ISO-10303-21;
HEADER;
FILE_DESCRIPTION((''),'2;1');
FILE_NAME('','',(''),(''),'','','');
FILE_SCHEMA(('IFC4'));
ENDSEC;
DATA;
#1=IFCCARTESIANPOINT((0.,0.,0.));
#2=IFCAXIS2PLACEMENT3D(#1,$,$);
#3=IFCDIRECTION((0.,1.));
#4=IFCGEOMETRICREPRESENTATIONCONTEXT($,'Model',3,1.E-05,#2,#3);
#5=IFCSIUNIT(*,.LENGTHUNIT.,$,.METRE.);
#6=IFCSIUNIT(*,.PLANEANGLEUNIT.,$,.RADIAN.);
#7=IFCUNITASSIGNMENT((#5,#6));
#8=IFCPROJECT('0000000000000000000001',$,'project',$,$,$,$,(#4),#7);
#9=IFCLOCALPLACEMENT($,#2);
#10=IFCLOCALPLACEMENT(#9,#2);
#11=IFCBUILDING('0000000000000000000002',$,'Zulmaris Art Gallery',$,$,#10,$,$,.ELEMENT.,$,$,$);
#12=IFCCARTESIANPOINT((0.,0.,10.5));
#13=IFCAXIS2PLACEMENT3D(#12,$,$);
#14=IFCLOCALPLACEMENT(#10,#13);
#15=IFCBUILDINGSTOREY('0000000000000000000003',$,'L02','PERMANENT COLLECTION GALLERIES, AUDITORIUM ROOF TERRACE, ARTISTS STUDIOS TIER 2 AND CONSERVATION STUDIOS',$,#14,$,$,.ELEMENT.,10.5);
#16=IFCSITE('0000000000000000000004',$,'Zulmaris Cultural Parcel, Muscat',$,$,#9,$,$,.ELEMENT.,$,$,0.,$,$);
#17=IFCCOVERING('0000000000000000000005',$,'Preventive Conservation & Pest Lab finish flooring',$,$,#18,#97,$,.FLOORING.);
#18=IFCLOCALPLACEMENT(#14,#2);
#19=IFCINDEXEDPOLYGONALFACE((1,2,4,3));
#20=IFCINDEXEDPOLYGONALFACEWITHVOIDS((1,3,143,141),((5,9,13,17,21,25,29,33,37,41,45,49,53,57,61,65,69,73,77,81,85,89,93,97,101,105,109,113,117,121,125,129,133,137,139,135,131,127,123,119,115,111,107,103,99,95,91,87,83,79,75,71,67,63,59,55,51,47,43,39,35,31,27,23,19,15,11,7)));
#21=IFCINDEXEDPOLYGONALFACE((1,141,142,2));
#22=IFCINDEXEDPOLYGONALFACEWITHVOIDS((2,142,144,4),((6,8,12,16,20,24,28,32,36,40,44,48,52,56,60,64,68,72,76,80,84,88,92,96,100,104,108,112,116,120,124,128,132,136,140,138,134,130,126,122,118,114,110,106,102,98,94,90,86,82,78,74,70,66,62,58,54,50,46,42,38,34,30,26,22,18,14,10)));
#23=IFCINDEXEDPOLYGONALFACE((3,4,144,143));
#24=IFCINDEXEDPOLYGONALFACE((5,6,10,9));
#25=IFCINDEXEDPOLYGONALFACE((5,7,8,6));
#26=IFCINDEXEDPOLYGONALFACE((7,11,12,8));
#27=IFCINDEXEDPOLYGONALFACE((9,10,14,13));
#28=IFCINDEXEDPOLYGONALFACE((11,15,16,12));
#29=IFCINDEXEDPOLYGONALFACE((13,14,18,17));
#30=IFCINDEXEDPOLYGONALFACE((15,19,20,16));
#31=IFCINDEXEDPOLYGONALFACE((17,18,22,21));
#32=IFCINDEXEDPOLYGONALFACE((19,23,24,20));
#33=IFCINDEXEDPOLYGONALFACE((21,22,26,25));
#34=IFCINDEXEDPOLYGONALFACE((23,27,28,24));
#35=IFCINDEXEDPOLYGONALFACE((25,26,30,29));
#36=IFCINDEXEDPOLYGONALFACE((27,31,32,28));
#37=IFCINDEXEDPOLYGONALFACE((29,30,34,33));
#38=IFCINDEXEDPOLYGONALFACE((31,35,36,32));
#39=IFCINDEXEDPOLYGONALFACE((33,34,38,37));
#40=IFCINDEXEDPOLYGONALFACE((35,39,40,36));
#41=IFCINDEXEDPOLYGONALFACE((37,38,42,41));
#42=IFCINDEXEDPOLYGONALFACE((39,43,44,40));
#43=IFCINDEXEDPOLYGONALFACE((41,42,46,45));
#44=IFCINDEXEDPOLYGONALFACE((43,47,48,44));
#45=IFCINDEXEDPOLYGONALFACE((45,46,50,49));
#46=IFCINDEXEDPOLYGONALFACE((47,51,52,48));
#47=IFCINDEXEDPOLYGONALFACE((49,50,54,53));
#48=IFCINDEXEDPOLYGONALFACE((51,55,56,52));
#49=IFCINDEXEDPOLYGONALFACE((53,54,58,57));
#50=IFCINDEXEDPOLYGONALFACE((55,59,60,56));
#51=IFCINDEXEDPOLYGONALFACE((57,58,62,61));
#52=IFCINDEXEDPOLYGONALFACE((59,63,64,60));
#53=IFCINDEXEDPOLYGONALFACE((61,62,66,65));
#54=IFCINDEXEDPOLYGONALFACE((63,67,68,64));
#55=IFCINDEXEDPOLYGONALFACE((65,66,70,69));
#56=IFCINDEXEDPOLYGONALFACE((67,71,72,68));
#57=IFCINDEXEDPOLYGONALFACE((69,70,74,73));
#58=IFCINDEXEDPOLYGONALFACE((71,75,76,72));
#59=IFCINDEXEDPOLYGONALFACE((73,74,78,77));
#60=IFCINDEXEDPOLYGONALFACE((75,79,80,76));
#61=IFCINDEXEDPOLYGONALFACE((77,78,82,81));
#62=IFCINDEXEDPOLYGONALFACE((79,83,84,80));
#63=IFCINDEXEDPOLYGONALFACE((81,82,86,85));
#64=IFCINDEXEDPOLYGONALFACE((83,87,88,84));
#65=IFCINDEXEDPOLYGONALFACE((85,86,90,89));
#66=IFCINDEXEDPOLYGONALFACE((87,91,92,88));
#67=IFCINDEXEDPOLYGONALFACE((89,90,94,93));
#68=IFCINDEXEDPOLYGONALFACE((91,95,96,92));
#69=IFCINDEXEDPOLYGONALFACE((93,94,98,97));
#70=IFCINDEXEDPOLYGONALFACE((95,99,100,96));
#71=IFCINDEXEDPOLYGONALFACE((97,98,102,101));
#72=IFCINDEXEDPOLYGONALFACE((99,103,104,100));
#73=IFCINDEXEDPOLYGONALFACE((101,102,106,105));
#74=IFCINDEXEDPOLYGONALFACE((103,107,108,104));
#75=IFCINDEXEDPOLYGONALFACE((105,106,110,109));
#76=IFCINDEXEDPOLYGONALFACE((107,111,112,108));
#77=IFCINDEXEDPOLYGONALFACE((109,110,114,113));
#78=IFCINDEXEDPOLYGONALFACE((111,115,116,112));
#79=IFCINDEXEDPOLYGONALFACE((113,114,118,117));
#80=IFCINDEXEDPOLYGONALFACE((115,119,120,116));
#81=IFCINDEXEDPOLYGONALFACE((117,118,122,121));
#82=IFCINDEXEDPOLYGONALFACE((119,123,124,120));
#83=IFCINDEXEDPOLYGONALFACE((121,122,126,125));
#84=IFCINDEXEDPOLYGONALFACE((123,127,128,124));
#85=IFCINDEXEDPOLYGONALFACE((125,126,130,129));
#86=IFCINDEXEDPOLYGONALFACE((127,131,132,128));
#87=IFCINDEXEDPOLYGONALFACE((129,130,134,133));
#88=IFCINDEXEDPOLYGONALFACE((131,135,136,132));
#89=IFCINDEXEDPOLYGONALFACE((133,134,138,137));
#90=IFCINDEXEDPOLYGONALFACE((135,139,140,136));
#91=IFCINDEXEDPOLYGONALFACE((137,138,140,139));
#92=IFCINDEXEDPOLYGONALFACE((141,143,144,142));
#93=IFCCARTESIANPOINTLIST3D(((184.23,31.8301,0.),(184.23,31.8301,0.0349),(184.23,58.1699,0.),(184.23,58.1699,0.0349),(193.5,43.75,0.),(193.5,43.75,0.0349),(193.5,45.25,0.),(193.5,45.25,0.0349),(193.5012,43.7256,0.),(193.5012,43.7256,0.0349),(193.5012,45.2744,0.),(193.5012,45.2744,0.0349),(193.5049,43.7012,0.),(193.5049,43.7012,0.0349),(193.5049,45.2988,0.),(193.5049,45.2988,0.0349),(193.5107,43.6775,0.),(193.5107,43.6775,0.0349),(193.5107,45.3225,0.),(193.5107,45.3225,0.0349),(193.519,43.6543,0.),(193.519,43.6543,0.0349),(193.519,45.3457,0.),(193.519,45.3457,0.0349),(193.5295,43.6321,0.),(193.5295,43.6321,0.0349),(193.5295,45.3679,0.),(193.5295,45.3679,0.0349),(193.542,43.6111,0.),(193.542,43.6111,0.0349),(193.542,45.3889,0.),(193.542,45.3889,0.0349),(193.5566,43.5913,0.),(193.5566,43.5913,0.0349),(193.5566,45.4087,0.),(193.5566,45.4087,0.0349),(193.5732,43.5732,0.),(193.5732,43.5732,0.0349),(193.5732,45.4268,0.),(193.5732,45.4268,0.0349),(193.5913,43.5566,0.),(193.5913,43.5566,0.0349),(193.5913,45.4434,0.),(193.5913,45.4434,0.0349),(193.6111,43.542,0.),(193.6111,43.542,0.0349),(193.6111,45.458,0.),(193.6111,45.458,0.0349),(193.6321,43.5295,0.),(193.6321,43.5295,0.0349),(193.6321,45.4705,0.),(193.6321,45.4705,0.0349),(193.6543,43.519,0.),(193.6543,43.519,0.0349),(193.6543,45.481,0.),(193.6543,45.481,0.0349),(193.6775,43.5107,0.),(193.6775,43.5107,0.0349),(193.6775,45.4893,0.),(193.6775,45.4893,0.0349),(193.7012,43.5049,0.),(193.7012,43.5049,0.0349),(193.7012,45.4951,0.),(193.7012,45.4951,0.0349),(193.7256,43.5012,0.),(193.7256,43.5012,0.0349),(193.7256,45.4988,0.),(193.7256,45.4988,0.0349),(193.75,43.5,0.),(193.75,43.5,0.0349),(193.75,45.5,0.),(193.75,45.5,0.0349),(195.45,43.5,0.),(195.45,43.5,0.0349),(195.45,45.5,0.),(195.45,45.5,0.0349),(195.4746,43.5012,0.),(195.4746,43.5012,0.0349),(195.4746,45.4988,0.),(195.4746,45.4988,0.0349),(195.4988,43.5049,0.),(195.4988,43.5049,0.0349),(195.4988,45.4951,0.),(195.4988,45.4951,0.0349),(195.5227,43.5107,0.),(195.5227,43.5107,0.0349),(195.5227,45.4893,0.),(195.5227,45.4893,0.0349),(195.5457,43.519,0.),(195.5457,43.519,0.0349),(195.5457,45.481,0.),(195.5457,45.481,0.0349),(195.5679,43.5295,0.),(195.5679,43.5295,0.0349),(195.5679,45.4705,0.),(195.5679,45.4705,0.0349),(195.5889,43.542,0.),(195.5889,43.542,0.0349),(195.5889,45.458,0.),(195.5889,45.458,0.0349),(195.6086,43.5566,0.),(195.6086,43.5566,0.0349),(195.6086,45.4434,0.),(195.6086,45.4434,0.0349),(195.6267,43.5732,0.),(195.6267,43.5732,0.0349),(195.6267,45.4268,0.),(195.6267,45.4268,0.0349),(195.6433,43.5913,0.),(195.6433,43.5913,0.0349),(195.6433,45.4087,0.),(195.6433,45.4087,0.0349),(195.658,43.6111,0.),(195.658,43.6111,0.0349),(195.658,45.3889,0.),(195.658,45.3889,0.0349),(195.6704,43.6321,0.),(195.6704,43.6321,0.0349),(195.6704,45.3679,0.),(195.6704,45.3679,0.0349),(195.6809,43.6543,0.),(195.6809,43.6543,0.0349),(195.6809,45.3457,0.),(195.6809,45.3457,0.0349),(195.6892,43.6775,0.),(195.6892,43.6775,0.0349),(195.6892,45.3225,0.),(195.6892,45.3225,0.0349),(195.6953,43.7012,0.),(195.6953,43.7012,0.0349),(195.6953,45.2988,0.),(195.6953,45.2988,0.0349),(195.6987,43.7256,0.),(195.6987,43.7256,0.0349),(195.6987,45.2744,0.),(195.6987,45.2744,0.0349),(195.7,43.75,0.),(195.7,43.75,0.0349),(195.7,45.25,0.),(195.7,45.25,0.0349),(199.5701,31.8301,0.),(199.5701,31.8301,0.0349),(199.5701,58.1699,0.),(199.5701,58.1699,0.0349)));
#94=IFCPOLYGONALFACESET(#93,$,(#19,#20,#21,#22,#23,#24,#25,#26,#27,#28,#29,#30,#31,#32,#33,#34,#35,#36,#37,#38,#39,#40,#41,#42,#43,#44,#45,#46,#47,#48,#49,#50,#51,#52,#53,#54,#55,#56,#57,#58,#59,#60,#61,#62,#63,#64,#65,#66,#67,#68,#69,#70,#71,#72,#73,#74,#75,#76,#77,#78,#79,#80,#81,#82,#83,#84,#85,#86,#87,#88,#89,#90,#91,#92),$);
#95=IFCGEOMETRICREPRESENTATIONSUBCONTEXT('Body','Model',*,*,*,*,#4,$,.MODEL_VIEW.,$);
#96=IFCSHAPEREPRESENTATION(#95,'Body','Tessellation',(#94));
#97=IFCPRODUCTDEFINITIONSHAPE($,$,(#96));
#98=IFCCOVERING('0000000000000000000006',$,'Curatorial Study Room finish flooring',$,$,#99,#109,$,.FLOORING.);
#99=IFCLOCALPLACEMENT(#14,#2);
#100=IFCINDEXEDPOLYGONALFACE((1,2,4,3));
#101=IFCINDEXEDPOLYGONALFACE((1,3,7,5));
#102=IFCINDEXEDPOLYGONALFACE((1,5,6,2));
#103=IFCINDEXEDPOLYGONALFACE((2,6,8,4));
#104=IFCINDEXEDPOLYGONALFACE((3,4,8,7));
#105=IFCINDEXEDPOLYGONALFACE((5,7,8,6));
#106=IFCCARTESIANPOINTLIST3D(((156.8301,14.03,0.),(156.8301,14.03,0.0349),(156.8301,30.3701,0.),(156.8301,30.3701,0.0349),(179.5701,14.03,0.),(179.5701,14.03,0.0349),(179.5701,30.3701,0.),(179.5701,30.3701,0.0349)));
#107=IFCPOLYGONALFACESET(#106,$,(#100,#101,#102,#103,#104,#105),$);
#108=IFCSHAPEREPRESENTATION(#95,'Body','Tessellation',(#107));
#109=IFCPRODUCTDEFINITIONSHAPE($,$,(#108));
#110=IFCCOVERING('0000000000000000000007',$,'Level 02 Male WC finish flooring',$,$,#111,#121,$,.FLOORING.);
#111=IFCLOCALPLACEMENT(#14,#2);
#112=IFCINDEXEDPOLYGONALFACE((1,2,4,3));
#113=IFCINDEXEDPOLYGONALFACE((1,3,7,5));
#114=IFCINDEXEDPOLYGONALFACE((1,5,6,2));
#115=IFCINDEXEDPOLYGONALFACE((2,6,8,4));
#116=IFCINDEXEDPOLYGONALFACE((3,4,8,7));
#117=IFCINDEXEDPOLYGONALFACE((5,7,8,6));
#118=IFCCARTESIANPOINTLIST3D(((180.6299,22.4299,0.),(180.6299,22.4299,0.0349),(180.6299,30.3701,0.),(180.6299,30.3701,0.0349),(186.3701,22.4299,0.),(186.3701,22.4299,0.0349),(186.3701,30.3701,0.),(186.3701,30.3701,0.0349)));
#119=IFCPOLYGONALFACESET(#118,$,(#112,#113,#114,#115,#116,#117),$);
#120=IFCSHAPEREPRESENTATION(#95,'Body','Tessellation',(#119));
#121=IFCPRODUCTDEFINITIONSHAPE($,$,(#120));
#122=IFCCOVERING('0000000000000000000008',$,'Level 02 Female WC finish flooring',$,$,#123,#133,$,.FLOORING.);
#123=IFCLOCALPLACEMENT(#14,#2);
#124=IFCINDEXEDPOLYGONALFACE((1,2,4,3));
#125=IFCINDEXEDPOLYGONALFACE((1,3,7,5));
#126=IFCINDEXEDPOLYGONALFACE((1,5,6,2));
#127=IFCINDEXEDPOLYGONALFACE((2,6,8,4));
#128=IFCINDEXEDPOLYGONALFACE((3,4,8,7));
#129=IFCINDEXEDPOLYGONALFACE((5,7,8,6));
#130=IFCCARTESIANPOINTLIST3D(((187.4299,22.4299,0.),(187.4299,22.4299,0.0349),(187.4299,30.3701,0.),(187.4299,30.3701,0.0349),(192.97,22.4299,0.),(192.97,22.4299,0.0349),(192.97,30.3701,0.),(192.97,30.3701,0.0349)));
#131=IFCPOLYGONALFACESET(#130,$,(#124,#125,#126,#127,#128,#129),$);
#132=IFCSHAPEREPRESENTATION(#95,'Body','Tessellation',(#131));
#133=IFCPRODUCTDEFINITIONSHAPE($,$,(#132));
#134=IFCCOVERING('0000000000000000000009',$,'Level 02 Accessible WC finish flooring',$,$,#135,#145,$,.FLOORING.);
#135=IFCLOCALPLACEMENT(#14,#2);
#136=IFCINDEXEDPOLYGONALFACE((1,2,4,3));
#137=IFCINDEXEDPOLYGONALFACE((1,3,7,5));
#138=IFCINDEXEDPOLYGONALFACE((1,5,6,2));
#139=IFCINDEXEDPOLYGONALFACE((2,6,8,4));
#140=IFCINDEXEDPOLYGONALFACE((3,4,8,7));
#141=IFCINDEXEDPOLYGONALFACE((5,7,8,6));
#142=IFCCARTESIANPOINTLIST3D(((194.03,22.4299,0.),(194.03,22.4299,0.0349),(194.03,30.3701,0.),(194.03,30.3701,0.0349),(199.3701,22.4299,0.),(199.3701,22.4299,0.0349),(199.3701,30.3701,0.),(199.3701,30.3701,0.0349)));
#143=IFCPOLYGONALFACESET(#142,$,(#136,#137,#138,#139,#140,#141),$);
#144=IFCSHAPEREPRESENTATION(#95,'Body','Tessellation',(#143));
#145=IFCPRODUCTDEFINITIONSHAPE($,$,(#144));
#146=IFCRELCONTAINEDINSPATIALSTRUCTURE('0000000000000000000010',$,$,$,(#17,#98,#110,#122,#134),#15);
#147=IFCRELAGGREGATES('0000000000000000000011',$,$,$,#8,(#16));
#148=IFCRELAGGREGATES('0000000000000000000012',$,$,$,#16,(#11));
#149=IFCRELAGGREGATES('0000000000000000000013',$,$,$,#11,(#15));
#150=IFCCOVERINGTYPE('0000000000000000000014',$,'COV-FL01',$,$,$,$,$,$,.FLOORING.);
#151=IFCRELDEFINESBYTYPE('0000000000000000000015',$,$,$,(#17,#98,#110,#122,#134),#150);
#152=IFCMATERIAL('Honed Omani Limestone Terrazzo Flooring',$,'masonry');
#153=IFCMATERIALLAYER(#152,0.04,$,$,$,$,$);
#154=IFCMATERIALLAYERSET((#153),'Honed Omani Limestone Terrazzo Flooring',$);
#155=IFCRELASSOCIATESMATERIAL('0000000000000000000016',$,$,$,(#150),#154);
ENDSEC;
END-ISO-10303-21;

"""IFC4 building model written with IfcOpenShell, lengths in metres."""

from ifc_helpers import new_model, si_unit, direction, frame, origin, place, context, subcontext, project, spatial, polyline, outline, extrude, material, layer, layer_set, type_object, element, save


model = new_model("IFC4")

# Units and contexts
model_context = context("Model", 3, precision=1e-05, world=origin(), true_north=direction((0.0, 1.0)))
body_context = subcontext(model_context, "Body", "Model", "MODEL_VIEW")
ifc_project = project(units=[si_unit("LENGTHUNIT", "METRE"), si_unit("PLANEANGLEUNIT", "RADIAN")], contexts=[model_context])

# Site, building, storey
site_placement = place(None, origin())
site = spatial("IfcSite", under=ifc_project, at=site_placement, Name="Zulmaris Cultural Parcel, Muscat", CompositionType="ELEMENT", RefElevation=0.0)
building_placement = place(site_placement, origin())
building = spatial("IfcBuilding", under=site, at=building_placement, Name="Zulmaris Art Gallery", CompositionType="ELEMENT")
storey_placement = place(building_placement, frame((0.0, 0.0, 10.5)))
storey = spatial("IfcBuildingStorey", under=building, at=storey_placement, Name="L02", Description="PERMANENT COLLECTION GALLERIES, AUDITORIUM ROOF TERRACE, ARTISTS STUDIOS TIER 2 AND CONSERVATION STUDIOS", CompositionType="ELEMENT", Elevation=10.5)

# Coverings
ifc_material_1 = material(Name="Honed Omani Limestone Terrazzo Flooring", Category="masonry")
ifc_layer_1 = layer(ifc_material_1, 0.04)
ifc_layer_set_1 = layer_set([ifc_layer_1], Name="Honed Omani Limestone Terrazzo Flooring")
covering_type_1 = type_object("IfcCoveringType", Name="COV-FL01", PredefinedType="FLOORING", material=ifc_layer_set_1)
covering_1_placement = place(storey_placement, origin())
element("IfcCovering", 1, at=covering_1_placement, inside=storey, type_object=covering_type_1, Name="Preventive Conservation & Pest Lab finish flooring", PredefinedType="FLOORING", context=body_context, shape_type="SweptSolid", body=[
    extrude(outline(polyline([(199.5701, 31.8301), (184.23, 31.8301), (184.23, 58.1699), (199.5701, 58.1699), (199.5701, 31.8301)]), holes=[polyline([(193.7256, 45.4988), (193.7012, 45.4951), (193.6775, 45.4893), (193.6543, 45.481), (193.6321, 45.4705), (193.6111, 45.458), (193.5913, 45.4434), (193.5732, 45.4268), (193.5566, 45.4087), (193.542, 45.3889), (193.5295, 45.3679), (193.519, 45.3457), (193.5107, 45.3225), (193.5049, 45.2988), (193.5012, 45.2744), (193.5, 45.25), (193.5, 43.75), (193.5012, 43.7256), (193.5049, 43.7012), (193.5107, 43.6775), (193.519, 43.6543), (193.5295, 43.6321), (193.542, 43.6111), (193.5566, 43.5913), (193.5732, 43.5732), (193.5913, 43.5566), (193.6111, 43.542), (193.6321, 43.5295), (193.6543, 43.519), (193.6775, 43.5107), (193.7012, 43.5049), (193.7256, 43.5012), (193.75, 43.5), (195.45, 43.5), (195.4746, 43.5012), (195.4988, 43.5049), (195.5227, 43.5107), (195.5457, 43.519), (195.5679, 43.5295), (195.5889, 43.542), (195.6086, 43.5566), (195.6267, 43.5732), (195.6433, 43.5913), (195.658, 43.6111), (195.6704, 43.6321), (195.6809, 43.6543), (195.6892, 43.6775), (195.6953, 43.7012), (195.6987, 43.7256), (195.7, 43.75), (195.7, 45.25), (195.6987, 45.2744), (195.6953, 45.2988), (195.6892, 45.3225), (195.6809, 45.3457), (195.6704, 45.3679), (195.658, 45.3889), (195.6433, 45.4087), (195.6267, 45.4268), (195.6086, 45.4434), (195.5889, 45.458), (195.5679, 45.4705), (195.5457, 45.481), (195.5227, 45.4893), (195.4988, 45.4951), (195.4746, 45.4988), (195.45, 45.5), (193.75, 45.5), (193.7256, 45.4988)])]), origin(), (0.0, 0.0, 1.0), 0.0349),
])
covering_2_placement = place(storey_placement, origin())
element("IfcCovering", 2, at=covering_2_placement, inside=storey, type_object=covering_type_1, Name="Curatorial Study Room finish flooring", PredefinedType="FLOORING", context=body_context, shape_type="SweptSolid", body=[
    extrude(outline(polyline([(179.5701, 14.03), (156.8301, 14.03), (156.8301, 30.3701), (179.5701, 30.3701), (179.5701, 14.03)])), origin(), (0.0, 0.0, 1.0), 0.0349),
])
covering_3_placement = place(storey_placement, origin())
element("IfcCovering", 3, at=covering_3_placement, inside=storey, type_object=covering_type_1, Name="Level 02 Male WC finish flooring", PredefinedType="FLOORING", context=body_context, shape_type="SweptSolid", body=[
    extrude(outline(polyline([(186.3701, 22.4299), (180.6299, 22.4299), (180.6299, 30.3701), (186.3701, 30.3701), (186.3701, 22.4299)])), origin(), (0.0, 0.0, 1.0), 0.0349),
])
covering_4_placement = place(storey_placement, origin())
element("IfcCovering", 4, at=covering_4_placement, inside=storey, type_object=covering_type_1, Name="Level 02 Female WC finish flooring", PredefinedType="FLOORING", context=body_context, shape_type="SweptSolid", body=[
    extrude(outline(polyline([(192.97, 22.4299), (187.4299, 22.4299), (187.4299, 30.3701), (192.97, 30.3701), (192.97, 22.4299)])), origin(), (0.0, 0.0, 1.0), 0.0349),
])
covering_5_placement = place(storey_placement, origin())
element("IfcCovering", 5, at=covering_5_placement, inside=storey, type_object=covering_type_1, Name="Level 02 Accessible WC finish flooring", PredefinedType="FLOORING", context=body_context, shape_type="SweptSolid", body=[
    extrude(outline(polyline([(199.3701, 22.4299), (194.03, 22.4299), (194.03, 30.3701), (199.3701, 30.3701), (199.3701, 22.4299)])), origin(), (0.0, 0.0, 1.0), 0.0349),
])

save(model, "model.ifc")
